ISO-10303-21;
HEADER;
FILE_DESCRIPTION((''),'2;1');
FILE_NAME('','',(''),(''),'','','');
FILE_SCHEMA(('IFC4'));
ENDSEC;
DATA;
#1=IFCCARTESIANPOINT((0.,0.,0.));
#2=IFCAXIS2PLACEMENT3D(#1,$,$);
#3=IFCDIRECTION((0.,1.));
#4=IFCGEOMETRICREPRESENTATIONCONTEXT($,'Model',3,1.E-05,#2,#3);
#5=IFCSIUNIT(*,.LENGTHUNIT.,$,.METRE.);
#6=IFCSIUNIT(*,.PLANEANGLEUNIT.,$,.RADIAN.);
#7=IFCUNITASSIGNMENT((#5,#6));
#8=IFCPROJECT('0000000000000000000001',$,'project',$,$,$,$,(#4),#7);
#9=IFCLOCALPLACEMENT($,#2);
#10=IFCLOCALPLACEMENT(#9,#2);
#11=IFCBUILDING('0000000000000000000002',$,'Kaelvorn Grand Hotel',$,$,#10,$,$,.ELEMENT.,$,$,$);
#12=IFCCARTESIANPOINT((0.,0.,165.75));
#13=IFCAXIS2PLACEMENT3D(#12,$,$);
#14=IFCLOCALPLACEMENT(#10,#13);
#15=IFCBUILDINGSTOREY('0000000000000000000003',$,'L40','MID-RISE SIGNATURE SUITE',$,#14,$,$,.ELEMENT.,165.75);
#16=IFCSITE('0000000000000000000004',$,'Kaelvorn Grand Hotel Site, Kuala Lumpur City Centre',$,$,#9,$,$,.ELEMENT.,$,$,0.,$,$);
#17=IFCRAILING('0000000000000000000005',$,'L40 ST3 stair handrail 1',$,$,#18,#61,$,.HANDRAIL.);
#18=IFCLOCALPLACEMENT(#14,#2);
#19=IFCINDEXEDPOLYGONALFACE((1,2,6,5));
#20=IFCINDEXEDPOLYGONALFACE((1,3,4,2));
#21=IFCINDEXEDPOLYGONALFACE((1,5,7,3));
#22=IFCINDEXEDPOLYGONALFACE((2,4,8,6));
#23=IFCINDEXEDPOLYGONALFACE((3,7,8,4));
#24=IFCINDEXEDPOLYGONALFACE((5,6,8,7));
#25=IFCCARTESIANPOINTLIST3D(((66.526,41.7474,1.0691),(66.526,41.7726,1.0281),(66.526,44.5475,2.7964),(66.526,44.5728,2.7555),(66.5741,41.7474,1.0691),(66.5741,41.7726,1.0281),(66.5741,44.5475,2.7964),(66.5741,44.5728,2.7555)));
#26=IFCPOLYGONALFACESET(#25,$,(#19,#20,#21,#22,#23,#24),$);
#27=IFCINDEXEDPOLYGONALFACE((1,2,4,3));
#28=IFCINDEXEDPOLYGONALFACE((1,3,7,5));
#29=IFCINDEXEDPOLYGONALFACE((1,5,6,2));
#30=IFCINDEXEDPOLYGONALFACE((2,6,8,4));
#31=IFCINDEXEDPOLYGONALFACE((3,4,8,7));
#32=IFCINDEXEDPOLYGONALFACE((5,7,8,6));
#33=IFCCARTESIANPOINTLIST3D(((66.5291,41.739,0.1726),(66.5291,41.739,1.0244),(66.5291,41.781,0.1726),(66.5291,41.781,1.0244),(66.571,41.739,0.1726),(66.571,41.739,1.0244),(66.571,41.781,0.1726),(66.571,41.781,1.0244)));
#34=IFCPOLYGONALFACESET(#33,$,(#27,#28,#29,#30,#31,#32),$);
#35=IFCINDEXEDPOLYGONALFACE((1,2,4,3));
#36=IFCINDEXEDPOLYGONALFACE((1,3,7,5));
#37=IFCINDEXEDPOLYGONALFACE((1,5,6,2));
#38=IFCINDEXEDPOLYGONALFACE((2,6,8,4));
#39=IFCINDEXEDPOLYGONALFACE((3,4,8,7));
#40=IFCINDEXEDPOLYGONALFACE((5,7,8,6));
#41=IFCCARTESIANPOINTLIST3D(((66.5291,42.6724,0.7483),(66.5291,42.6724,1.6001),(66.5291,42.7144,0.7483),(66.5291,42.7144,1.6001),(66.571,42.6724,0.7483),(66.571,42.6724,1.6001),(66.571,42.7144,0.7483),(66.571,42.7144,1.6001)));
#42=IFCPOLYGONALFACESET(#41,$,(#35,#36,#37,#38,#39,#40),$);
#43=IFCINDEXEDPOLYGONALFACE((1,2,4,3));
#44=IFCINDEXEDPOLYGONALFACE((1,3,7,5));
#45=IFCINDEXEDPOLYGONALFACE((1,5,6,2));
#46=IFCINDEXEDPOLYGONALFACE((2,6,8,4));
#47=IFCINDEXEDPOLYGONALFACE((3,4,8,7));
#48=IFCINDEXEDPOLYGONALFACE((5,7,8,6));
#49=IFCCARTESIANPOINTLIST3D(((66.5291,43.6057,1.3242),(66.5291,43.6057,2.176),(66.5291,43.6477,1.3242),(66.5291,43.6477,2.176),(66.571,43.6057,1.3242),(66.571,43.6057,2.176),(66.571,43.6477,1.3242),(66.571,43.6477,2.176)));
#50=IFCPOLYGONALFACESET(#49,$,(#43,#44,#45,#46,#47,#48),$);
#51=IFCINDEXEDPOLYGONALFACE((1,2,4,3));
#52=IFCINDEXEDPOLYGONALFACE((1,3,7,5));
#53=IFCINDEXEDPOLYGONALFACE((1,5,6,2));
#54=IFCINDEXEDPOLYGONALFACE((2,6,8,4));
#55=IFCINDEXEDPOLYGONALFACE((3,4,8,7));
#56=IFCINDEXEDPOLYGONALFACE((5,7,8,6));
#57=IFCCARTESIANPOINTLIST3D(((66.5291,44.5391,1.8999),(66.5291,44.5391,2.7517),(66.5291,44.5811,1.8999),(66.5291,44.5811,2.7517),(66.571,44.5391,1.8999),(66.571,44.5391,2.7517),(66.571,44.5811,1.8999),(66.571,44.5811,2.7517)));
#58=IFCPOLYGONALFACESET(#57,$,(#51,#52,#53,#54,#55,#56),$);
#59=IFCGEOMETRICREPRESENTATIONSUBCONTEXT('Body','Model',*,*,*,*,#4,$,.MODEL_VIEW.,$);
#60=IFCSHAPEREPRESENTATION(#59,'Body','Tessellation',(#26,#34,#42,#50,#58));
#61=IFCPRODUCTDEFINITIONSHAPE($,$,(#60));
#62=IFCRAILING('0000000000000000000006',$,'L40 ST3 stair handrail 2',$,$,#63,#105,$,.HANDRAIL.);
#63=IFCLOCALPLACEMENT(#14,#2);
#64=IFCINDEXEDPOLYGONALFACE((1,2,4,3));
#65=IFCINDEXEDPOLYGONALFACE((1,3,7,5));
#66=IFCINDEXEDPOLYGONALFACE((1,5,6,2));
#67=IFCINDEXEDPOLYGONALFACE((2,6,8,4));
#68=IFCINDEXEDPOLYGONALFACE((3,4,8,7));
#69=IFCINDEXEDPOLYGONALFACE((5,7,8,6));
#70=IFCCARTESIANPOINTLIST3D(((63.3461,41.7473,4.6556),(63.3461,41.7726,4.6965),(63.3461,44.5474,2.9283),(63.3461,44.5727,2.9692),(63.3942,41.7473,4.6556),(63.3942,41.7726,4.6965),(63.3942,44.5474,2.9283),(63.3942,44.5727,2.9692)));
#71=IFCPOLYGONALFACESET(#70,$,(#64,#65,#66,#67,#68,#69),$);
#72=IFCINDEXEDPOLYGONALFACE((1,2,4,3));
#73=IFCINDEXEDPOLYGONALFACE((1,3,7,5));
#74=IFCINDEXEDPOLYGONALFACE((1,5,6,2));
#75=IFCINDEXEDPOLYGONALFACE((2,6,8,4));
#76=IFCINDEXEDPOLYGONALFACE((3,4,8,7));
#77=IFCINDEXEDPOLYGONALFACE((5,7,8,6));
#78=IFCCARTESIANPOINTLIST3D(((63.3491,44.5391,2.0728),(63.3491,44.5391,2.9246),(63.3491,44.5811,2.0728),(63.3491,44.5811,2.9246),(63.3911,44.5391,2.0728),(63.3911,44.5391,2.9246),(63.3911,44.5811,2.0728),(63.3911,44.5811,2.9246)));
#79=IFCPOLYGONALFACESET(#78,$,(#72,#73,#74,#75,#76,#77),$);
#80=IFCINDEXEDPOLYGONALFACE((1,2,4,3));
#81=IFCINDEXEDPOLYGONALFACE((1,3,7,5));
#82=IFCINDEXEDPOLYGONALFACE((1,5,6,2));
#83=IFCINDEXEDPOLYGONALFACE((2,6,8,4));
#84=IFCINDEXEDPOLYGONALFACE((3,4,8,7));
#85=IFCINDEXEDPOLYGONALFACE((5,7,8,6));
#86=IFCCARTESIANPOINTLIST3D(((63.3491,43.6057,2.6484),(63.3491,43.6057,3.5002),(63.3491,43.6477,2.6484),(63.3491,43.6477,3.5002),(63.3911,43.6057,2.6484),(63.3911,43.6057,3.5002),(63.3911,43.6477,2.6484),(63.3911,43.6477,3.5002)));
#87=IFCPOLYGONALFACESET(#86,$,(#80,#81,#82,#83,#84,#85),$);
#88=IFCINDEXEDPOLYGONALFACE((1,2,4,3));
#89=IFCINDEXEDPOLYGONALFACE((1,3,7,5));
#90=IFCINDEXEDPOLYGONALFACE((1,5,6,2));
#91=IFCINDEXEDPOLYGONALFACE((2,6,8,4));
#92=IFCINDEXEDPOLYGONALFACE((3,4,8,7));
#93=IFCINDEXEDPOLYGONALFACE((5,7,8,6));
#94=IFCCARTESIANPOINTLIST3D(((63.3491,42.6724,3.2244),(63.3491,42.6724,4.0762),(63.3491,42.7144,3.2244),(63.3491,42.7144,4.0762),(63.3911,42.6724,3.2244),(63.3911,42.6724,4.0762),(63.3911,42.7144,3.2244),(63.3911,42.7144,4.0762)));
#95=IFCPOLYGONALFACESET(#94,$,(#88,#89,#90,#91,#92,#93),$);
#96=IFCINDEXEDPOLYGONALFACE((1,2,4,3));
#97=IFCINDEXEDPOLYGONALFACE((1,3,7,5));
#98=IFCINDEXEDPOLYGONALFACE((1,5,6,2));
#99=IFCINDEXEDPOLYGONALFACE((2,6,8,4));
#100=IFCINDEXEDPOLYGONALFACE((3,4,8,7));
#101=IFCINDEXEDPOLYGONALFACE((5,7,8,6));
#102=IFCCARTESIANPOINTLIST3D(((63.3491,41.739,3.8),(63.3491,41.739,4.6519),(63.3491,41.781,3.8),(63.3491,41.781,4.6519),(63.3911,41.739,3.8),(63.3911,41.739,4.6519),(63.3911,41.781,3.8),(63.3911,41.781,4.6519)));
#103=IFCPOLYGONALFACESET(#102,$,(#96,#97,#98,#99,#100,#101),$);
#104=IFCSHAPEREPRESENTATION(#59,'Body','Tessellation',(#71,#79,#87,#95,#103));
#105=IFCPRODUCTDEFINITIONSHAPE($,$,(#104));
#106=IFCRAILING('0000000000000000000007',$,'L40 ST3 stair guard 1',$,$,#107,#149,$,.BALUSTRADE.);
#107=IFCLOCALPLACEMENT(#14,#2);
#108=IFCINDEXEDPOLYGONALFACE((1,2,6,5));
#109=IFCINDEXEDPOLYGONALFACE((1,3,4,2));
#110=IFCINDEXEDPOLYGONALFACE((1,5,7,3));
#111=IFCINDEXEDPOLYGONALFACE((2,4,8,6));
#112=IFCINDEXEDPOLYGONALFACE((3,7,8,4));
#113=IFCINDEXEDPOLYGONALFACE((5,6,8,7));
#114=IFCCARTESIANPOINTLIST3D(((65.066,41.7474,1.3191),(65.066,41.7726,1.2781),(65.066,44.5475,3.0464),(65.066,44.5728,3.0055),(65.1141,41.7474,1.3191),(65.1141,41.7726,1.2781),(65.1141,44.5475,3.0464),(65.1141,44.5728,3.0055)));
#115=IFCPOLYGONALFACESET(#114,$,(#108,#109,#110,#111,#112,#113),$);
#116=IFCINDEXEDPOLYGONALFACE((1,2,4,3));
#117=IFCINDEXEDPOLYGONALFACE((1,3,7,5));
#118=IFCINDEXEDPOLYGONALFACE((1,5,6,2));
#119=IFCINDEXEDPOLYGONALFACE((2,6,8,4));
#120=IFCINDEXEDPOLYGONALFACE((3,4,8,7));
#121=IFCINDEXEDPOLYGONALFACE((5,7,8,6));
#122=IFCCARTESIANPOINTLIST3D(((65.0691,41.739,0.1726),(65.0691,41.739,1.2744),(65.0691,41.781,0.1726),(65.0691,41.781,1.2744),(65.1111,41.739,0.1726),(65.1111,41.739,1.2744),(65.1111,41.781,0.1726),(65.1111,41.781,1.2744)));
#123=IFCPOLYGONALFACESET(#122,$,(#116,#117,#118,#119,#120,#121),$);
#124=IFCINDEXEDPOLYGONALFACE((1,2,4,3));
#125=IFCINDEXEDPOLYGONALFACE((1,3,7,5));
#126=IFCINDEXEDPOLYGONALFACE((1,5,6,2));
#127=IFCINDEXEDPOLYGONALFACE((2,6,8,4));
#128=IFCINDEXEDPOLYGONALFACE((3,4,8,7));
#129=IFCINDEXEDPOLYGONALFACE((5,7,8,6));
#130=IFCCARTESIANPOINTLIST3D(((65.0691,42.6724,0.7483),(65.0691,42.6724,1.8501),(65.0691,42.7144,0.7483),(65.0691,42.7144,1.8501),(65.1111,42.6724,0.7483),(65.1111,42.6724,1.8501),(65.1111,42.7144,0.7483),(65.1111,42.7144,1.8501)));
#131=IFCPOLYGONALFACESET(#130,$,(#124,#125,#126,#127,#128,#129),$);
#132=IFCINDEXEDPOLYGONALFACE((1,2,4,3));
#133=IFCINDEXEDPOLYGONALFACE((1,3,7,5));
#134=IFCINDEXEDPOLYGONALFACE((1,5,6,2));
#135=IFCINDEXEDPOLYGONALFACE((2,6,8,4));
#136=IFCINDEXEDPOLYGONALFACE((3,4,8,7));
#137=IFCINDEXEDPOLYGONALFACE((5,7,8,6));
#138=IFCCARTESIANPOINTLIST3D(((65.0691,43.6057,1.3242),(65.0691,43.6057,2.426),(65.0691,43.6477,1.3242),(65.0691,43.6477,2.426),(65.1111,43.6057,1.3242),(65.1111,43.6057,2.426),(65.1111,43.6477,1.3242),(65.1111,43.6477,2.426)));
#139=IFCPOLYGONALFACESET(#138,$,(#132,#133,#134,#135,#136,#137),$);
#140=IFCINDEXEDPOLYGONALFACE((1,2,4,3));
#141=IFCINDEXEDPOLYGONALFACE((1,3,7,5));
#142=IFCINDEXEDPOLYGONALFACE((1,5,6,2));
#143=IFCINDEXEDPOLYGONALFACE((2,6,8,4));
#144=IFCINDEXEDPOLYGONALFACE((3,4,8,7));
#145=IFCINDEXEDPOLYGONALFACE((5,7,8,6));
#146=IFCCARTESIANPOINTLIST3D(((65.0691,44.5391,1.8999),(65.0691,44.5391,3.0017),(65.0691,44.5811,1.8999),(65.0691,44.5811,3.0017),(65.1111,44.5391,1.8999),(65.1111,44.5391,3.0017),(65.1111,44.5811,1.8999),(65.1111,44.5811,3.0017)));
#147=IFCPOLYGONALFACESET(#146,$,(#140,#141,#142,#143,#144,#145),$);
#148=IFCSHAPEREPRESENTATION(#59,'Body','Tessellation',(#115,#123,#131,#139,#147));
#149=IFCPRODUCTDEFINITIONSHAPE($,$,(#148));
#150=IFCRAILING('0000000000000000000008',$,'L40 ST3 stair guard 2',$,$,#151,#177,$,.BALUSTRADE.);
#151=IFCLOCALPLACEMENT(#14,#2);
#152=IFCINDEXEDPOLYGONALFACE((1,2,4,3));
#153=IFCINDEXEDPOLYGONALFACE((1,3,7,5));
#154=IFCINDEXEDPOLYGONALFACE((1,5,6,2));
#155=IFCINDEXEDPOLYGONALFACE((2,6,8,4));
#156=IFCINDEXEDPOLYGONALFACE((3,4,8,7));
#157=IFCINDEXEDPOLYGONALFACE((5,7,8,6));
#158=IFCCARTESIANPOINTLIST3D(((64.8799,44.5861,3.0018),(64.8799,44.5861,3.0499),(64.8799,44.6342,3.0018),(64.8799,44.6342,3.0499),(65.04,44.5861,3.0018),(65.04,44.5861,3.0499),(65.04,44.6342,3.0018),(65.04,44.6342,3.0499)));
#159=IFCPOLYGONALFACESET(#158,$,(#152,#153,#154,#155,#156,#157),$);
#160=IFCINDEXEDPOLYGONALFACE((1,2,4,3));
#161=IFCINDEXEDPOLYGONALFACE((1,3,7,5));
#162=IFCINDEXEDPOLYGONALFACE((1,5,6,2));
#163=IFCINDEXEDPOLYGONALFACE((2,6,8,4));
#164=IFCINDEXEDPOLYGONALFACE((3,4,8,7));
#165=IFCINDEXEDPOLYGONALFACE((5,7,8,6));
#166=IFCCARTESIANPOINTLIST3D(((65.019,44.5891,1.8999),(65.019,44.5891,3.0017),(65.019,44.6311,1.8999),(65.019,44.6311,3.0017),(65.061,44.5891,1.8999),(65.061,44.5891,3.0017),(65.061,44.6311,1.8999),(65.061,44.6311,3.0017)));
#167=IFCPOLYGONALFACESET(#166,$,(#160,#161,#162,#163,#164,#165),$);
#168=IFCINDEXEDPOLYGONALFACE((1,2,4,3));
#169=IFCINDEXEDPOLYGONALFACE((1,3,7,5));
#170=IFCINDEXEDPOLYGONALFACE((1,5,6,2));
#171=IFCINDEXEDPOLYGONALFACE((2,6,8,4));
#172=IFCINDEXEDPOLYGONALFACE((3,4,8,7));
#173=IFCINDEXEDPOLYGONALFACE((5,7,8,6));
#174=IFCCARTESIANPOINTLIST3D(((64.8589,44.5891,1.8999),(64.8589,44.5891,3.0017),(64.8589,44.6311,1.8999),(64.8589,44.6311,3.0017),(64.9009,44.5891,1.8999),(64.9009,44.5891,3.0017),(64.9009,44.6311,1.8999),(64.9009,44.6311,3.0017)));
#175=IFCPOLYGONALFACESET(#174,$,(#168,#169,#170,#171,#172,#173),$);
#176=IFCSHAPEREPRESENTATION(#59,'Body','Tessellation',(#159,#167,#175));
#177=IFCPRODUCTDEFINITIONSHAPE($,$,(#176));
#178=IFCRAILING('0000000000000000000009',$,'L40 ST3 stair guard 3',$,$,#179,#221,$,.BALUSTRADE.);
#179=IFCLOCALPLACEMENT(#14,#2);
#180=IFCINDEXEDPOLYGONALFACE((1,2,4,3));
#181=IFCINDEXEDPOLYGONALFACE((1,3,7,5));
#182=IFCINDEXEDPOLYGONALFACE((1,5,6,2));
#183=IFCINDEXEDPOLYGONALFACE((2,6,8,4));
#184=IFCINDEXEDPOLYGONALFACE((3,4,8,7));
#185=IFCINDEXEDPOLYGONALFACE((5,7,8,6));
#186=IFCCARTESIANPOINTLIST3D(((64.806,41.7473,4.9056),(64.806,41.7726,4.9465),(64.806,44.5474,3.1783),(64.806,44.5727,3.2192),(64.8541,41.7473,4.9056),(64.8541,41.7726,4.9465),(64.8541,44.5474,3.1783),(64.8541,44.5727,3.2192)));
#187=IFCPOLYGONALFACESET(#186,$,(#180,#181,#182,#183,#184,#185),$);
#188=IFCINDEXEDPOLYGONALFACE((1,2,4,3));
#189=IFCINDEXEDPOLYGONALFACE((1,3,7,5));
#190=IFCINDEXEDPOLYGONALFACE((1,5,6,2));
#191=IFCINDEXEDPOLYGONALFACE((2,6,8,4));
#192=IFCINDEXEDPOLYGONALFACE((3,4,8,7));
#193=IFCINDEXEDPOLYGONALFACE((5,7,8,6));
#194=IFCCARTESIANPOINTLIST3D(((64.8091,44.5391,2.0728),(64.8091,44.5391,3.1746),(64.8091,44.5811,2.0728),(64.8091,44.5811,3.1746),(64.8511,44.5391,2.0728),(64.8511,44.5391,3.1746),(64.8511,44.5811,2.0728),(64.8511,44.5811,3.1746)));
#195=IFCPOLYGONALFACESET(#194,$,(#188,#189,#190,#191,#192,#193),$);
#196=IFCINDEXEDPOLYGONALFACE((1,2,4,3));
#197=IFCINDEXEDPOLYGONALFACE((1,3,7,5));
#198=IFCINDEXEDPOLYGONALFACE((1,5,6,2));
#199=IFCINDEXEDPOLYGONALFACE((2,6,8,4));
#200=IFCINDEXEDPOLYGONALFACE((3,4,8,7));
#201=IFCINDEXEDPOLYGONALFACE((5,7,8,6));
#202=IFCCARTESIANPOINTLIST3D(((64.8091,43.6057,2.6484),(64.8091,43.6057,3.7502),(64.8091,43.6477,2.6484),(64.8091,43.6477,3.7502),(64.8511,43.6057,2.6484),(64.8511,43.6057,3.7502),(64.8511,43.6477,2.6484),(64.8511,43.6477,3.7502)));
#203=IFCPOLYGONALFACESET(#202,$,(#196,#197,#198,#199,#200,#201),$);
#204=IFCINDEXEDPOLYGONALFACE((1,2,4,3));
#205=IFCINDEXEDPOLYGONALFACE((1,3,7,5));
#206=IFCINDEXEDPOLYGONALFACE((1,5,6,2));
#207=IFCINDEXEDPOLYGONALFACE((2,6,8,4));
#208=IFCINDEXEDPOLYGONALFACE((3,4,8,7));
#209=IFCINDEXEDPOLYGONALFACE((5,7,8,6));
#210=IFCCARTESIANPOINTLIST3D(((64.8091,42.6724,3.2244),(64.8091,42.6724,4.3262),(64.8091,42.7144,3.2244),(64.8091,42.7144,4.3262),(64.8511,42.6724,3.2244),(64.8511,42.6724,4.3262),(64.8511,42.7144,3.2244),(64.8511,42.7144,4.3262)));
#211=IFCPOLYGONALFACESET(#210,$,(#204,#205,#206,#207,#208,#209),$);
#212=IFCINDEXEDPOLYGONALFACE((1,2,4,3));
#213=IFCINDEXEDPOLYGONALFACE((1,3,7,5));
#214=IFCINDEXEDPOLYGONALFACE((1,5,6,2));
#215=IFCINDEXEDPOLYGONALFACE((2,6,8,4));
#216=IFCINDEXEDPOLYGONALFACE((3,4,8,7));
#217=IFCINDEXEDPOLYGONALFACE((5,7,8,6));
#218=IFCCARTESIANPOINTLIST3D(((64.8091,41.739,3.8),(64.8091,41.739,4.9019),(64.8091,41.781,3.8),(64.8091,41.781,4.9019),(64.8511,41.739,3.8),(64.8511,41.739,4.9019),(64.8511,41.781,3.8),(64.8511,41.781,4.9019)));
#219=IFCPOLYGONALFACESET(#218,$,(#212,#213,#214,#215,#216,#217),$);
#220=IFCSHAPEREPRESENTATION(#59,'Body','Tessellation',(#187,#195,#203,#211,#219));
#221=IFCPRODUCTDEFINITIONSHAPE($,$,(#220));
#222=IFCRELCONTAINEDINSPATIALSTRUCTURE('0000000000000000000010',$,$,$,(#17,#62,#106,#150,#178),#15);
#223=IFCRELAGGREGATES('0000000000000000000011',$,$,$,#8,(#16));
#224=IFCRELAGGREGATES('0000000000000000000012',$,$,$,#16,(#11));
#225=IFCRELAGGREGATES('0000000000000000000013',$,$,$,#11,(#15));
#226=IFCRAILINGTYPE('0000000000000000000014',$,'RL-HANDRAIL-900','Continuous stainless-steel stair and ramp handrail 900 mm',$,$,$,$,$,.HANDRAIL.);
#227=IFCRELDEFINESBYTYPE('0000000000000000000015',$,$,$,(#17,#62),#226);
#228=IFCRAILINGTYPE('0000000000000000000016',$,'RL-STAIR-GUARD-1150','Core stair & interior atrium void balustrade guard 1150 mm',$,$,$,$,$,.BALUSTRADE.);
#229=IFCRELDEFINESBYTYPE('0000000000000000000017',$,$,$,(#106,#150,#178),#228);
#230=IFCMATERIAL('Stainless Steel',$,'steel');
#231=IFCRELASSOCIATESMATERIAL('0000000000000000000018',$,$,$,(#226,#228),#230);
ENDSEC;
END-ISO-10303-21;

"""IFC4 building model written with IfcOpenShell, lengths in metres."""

from ifc_helpers import new_model, si_unit, direction, frame, origin, origin_2d, place, context, subcontext, project, spatial, rectangle, extrude, material, type_object, element, save


model = new_model("IFC4")

# Units and contexts
model_context = context("Model", 3, precision=1e-05, world=origin(), true_north=direction((0.0, 1.0)))
body_context = subcontext(model_context, "Body", "Model", "MODEL_VIEW")
ifc_project = project(units=[si_unit("LENGTHUNIT", "METRE"), si_unit("PLANEANGLEUNIT", "RADIAN")], contexts=[model_context])

# Site, building, storey
site_placement = place(None, origin())
site = spatial("IfcSite", under=ifc_project, at=site_placement, Name="Kaelvorn Grand Hotel Site, Kuala Lumpur City Centre", CompositionType="ELEMENT", RefElevation=0.0)
building_placement = place(site_placement, origin())
building = spatial("IfcBuilding", under=site, at=building_placement, Name="Kaelvorn Grand Hotel", CompositionType="ELEMENT")
storey_placement = place(building_placement, frame((0.0, 0.0, 165.75)))
storey = spatial("IfcBuildingStorey", under=building, at=storey_placement, Name="L40", Description="MID-RISE SIGNATURE SUITE", CompositionType="ELEMENT", Elevation=165.75)

# Shared definitions
ifc_material_1 = material(Name="Stainless Steel", Category="steel")

# Railings
railing_type_1 = type_object("IfcRailingType", Name="RL-HANDRAIL-900", Description="Continuous stainless-steel stair and ramp handrail 900 mm", PredefinedType="HANDRAIL", material=ifc_material_1)
railing_1_placement = place(storey_placement, frame((66.55, 41.76, 0.1726)))
element("IfcRailing", 1, at=railing_1_placement, inside=storey, type_object=railing_type_1, Name="L40 ST3 stair handrail 1", PredefinedType="HANDRAIL", context=body_context, shape_type="SweptSolid", body=[
    extrude(rectangle(XDim=0.0481, YDim=0.0481, at=origin_2d()), frame((0.0, 0.0, 0.876), z_axis=(0.0, 0.85109, 0.52502), x_axis=(-1.0, 0.0, 0.0)), (0.0, 0.0, 1.0), 3.29),
    extrude(rectangle(XDim=0.042, YDim=0.042, at=origin_2d()), origin(), (0.0, 0.0, 1.0), 0.8518),
    extrude(rectangle(XDim=0.042, YDim=0.042, at=origin_2d()), frame((0.0, 0.9333, 0.5757)), (0.0, 0.0, 1.0), 0.8518),
    extrude(rectangle(XDim=0.042, YDim=0.042, at=origin_2d()), frame((0.0, 1.8667, 1.1516)), (0.0, 0.0, 1.0), 0.8518),
    extrude(rectangle(XDim=0.042, YDim=0.042, at=origin_2d()), frame((0.0, 2.8, 1.7273)), (0.0, 0.0, 1.0), 0.8518),
])
railing_2_placement = place(storey_placement, frame((63.3701, 44.5601, 2.0728)))
element("IfcRailing", 2, at=railing_2_placement, inside=storey, type_object=railing_type_1, Name="L40 ST3 stair handrail 2", PredefinedType="HANDRAIL", context=body_context, shape_type="SweptSolid", body=[
    extrude(rectangle(XDim=0.0481, YDim=0.0481, at=origin_2d()), frame((0.0, 0.0, 0.876), z_axis=(0.0, -0.85109, 0.52502), x_axis=(1.0, 0.0, 0.0)), (0.0, 0.0, 1.0), 3.29),
    extrude(rectangle(XDim=0.042, YDim=0.042, at=origin_2d()), origin(), (0.0, 0.0, 1.0), 0.8518),
    extrude(rectangle(XDim=0.042, YDim=0.042, at=origin_2d()), frame((0.0, -0.9333, 0.5757)), (0.0, 0.0, 1.0), 0.8518),
    extrude(rectangle(XDim=0.042, YDim=0.042, at=origin_2d()), frame((0.0, -1.8667, 1.1516)), (0.0, 0.0, 1.0), 0.8518),
    extrude(rectangle(XDim=0.042, YDim=0.042, at=origin_2d()), frame((0.0, -2.8, 1.7273)), (0.0, 0.0, 1.0), 0.8518),
])
railing_type_2 = type_object("IfcRailingType", Name="RL-STAIR-GUARD-1150", Description="Core stair & interior atrium void balustrade guard 1150 mm", PredefinedType="BALUSTRADE", material=ifc_material_1)
railing_3_placement = place(storey_placement, frame((65.0901, 41.76, 0.1726)))
element("IfcRailing", 3, at=railing_3_placement, inside=storey, type_object=railing_type_2, Name="L40 ST3 stair guard 1", PredefinedType="BALUSTRADE", context=body_context, shape_type="SweptSolid", body=[
    extrude(rectangle(XDim=0.0481, YDim=0.0481, at=origin_2d()), frame((0.0, 0.0, 1.126), z_axis=(0.0, 0.85109, 0.52502), x_axis=(-1.0, 0.0, 0.0)), (0.0, 0.0, 1.0), 3.29),
    extrude(rectangle(XDim=0.042, YDim=0.042, at=origin_2d()), origin(), (0.0, 0.0, 1.0), 1.1018),
    extrude(rectangle(XDim=0.042, YDim=0.042, at=origin_2d()), frame((0.0, 0.9333, 0.5757)), (0.0, 0.0, 1.0), 1.1018),
    extrude(rectangle(XDim=0.042, YDim=0.042, at=origin_2d()), frame((0.0, 1.8667, 1.1516)), (0.0, 0.0, 1.0), 1.1018),
    extrude(rectangle(XDim=0.042, YDim=0.042, at=origin_2d()), frame((0.0, 2.8, 1.7273)), (0.0, 0.0, 1.0), 1.1018),
])
railing_4_placement = place(storey_placement, frame((65.04, 44.6101, 1.8999)))
element("IfcRailing", 4, at=railing_4_placement, inside=storey, type_object=railing_type_2, Name="L40 ST3 stair guard 2", PredefinedType="BALUSTRADE", context=body_context, shape_type="SweptSolid", body=[
    extrude(rectangle(XDim=0.0481, YDim=0.0481, at=origin_2d()), frame((0.0, 0.0, 1.126), z_axis=(-1.0, 0.0, 0.0), x_axis=(0.0, -1.0, 0.0)), (0.0, 0.0, 1.0), 0.1602),
    extrude(rectangle(XDim=0.042, YDim=0.042, at=origin_2d()), origin(), (0.0, 0.0, 1.0), 1.1018),
    extrude(rectangle(XDim=0.042, YDim=0.042, at=origin_2d()), frame((-0.1602, 0.0, 0.0)), (0.0, 0.0, 1.0), 1.1018),
])
railing_5_placement = place(storey_placement, frame((64.8301, 44.5601, 2.0728)))
element("IfcRailing", 5, at=railing_5_placement, inside=storey, type_object=railing_type_2, Name="L40 ST3 stair guard 3", PredefinedType="BALUSTRADE", context=body_context, shape_type="SweptSolid", body=[
    extrude(rectangle(XDim=0.0481, YDim=0.0481, at=origin_2d()), frame((0.0, 0.0, 1.126), z_axis=(0.0, -0.85109, 0.52502), x_axis=(1.0, 0.0, 0.0)), (0.0, 0.0, 1.0), 3.29),
    extrude(rectangle(XDim=0.042, YDim=0.042, at=origin_2d()), origin(), (0.0, 0.0, 1.0), 1.1018),
    extrude(rectangle(XDim=0.042, YDim=0.042, at=origin_2d()), frame((0.0, -0.9333, 0.5757)), (0.0, 0.0, 1.0), 1.1018),
    extrude(rectangle(XDim=0.042, YDim=0.042, at=origin_2d()), frame((0.0, -1.8667, 1.1516)), (0.0, 0.0, 1.0), 1.1018),
    extrude(rectangle(XDim=0.042, YDim=0.042, at=origin_2d()), frame((0.0, -2.8, 1.7273)), (0.0, 0.0, 1.0), 1.1018),
])

save(model, "model.ifc")
